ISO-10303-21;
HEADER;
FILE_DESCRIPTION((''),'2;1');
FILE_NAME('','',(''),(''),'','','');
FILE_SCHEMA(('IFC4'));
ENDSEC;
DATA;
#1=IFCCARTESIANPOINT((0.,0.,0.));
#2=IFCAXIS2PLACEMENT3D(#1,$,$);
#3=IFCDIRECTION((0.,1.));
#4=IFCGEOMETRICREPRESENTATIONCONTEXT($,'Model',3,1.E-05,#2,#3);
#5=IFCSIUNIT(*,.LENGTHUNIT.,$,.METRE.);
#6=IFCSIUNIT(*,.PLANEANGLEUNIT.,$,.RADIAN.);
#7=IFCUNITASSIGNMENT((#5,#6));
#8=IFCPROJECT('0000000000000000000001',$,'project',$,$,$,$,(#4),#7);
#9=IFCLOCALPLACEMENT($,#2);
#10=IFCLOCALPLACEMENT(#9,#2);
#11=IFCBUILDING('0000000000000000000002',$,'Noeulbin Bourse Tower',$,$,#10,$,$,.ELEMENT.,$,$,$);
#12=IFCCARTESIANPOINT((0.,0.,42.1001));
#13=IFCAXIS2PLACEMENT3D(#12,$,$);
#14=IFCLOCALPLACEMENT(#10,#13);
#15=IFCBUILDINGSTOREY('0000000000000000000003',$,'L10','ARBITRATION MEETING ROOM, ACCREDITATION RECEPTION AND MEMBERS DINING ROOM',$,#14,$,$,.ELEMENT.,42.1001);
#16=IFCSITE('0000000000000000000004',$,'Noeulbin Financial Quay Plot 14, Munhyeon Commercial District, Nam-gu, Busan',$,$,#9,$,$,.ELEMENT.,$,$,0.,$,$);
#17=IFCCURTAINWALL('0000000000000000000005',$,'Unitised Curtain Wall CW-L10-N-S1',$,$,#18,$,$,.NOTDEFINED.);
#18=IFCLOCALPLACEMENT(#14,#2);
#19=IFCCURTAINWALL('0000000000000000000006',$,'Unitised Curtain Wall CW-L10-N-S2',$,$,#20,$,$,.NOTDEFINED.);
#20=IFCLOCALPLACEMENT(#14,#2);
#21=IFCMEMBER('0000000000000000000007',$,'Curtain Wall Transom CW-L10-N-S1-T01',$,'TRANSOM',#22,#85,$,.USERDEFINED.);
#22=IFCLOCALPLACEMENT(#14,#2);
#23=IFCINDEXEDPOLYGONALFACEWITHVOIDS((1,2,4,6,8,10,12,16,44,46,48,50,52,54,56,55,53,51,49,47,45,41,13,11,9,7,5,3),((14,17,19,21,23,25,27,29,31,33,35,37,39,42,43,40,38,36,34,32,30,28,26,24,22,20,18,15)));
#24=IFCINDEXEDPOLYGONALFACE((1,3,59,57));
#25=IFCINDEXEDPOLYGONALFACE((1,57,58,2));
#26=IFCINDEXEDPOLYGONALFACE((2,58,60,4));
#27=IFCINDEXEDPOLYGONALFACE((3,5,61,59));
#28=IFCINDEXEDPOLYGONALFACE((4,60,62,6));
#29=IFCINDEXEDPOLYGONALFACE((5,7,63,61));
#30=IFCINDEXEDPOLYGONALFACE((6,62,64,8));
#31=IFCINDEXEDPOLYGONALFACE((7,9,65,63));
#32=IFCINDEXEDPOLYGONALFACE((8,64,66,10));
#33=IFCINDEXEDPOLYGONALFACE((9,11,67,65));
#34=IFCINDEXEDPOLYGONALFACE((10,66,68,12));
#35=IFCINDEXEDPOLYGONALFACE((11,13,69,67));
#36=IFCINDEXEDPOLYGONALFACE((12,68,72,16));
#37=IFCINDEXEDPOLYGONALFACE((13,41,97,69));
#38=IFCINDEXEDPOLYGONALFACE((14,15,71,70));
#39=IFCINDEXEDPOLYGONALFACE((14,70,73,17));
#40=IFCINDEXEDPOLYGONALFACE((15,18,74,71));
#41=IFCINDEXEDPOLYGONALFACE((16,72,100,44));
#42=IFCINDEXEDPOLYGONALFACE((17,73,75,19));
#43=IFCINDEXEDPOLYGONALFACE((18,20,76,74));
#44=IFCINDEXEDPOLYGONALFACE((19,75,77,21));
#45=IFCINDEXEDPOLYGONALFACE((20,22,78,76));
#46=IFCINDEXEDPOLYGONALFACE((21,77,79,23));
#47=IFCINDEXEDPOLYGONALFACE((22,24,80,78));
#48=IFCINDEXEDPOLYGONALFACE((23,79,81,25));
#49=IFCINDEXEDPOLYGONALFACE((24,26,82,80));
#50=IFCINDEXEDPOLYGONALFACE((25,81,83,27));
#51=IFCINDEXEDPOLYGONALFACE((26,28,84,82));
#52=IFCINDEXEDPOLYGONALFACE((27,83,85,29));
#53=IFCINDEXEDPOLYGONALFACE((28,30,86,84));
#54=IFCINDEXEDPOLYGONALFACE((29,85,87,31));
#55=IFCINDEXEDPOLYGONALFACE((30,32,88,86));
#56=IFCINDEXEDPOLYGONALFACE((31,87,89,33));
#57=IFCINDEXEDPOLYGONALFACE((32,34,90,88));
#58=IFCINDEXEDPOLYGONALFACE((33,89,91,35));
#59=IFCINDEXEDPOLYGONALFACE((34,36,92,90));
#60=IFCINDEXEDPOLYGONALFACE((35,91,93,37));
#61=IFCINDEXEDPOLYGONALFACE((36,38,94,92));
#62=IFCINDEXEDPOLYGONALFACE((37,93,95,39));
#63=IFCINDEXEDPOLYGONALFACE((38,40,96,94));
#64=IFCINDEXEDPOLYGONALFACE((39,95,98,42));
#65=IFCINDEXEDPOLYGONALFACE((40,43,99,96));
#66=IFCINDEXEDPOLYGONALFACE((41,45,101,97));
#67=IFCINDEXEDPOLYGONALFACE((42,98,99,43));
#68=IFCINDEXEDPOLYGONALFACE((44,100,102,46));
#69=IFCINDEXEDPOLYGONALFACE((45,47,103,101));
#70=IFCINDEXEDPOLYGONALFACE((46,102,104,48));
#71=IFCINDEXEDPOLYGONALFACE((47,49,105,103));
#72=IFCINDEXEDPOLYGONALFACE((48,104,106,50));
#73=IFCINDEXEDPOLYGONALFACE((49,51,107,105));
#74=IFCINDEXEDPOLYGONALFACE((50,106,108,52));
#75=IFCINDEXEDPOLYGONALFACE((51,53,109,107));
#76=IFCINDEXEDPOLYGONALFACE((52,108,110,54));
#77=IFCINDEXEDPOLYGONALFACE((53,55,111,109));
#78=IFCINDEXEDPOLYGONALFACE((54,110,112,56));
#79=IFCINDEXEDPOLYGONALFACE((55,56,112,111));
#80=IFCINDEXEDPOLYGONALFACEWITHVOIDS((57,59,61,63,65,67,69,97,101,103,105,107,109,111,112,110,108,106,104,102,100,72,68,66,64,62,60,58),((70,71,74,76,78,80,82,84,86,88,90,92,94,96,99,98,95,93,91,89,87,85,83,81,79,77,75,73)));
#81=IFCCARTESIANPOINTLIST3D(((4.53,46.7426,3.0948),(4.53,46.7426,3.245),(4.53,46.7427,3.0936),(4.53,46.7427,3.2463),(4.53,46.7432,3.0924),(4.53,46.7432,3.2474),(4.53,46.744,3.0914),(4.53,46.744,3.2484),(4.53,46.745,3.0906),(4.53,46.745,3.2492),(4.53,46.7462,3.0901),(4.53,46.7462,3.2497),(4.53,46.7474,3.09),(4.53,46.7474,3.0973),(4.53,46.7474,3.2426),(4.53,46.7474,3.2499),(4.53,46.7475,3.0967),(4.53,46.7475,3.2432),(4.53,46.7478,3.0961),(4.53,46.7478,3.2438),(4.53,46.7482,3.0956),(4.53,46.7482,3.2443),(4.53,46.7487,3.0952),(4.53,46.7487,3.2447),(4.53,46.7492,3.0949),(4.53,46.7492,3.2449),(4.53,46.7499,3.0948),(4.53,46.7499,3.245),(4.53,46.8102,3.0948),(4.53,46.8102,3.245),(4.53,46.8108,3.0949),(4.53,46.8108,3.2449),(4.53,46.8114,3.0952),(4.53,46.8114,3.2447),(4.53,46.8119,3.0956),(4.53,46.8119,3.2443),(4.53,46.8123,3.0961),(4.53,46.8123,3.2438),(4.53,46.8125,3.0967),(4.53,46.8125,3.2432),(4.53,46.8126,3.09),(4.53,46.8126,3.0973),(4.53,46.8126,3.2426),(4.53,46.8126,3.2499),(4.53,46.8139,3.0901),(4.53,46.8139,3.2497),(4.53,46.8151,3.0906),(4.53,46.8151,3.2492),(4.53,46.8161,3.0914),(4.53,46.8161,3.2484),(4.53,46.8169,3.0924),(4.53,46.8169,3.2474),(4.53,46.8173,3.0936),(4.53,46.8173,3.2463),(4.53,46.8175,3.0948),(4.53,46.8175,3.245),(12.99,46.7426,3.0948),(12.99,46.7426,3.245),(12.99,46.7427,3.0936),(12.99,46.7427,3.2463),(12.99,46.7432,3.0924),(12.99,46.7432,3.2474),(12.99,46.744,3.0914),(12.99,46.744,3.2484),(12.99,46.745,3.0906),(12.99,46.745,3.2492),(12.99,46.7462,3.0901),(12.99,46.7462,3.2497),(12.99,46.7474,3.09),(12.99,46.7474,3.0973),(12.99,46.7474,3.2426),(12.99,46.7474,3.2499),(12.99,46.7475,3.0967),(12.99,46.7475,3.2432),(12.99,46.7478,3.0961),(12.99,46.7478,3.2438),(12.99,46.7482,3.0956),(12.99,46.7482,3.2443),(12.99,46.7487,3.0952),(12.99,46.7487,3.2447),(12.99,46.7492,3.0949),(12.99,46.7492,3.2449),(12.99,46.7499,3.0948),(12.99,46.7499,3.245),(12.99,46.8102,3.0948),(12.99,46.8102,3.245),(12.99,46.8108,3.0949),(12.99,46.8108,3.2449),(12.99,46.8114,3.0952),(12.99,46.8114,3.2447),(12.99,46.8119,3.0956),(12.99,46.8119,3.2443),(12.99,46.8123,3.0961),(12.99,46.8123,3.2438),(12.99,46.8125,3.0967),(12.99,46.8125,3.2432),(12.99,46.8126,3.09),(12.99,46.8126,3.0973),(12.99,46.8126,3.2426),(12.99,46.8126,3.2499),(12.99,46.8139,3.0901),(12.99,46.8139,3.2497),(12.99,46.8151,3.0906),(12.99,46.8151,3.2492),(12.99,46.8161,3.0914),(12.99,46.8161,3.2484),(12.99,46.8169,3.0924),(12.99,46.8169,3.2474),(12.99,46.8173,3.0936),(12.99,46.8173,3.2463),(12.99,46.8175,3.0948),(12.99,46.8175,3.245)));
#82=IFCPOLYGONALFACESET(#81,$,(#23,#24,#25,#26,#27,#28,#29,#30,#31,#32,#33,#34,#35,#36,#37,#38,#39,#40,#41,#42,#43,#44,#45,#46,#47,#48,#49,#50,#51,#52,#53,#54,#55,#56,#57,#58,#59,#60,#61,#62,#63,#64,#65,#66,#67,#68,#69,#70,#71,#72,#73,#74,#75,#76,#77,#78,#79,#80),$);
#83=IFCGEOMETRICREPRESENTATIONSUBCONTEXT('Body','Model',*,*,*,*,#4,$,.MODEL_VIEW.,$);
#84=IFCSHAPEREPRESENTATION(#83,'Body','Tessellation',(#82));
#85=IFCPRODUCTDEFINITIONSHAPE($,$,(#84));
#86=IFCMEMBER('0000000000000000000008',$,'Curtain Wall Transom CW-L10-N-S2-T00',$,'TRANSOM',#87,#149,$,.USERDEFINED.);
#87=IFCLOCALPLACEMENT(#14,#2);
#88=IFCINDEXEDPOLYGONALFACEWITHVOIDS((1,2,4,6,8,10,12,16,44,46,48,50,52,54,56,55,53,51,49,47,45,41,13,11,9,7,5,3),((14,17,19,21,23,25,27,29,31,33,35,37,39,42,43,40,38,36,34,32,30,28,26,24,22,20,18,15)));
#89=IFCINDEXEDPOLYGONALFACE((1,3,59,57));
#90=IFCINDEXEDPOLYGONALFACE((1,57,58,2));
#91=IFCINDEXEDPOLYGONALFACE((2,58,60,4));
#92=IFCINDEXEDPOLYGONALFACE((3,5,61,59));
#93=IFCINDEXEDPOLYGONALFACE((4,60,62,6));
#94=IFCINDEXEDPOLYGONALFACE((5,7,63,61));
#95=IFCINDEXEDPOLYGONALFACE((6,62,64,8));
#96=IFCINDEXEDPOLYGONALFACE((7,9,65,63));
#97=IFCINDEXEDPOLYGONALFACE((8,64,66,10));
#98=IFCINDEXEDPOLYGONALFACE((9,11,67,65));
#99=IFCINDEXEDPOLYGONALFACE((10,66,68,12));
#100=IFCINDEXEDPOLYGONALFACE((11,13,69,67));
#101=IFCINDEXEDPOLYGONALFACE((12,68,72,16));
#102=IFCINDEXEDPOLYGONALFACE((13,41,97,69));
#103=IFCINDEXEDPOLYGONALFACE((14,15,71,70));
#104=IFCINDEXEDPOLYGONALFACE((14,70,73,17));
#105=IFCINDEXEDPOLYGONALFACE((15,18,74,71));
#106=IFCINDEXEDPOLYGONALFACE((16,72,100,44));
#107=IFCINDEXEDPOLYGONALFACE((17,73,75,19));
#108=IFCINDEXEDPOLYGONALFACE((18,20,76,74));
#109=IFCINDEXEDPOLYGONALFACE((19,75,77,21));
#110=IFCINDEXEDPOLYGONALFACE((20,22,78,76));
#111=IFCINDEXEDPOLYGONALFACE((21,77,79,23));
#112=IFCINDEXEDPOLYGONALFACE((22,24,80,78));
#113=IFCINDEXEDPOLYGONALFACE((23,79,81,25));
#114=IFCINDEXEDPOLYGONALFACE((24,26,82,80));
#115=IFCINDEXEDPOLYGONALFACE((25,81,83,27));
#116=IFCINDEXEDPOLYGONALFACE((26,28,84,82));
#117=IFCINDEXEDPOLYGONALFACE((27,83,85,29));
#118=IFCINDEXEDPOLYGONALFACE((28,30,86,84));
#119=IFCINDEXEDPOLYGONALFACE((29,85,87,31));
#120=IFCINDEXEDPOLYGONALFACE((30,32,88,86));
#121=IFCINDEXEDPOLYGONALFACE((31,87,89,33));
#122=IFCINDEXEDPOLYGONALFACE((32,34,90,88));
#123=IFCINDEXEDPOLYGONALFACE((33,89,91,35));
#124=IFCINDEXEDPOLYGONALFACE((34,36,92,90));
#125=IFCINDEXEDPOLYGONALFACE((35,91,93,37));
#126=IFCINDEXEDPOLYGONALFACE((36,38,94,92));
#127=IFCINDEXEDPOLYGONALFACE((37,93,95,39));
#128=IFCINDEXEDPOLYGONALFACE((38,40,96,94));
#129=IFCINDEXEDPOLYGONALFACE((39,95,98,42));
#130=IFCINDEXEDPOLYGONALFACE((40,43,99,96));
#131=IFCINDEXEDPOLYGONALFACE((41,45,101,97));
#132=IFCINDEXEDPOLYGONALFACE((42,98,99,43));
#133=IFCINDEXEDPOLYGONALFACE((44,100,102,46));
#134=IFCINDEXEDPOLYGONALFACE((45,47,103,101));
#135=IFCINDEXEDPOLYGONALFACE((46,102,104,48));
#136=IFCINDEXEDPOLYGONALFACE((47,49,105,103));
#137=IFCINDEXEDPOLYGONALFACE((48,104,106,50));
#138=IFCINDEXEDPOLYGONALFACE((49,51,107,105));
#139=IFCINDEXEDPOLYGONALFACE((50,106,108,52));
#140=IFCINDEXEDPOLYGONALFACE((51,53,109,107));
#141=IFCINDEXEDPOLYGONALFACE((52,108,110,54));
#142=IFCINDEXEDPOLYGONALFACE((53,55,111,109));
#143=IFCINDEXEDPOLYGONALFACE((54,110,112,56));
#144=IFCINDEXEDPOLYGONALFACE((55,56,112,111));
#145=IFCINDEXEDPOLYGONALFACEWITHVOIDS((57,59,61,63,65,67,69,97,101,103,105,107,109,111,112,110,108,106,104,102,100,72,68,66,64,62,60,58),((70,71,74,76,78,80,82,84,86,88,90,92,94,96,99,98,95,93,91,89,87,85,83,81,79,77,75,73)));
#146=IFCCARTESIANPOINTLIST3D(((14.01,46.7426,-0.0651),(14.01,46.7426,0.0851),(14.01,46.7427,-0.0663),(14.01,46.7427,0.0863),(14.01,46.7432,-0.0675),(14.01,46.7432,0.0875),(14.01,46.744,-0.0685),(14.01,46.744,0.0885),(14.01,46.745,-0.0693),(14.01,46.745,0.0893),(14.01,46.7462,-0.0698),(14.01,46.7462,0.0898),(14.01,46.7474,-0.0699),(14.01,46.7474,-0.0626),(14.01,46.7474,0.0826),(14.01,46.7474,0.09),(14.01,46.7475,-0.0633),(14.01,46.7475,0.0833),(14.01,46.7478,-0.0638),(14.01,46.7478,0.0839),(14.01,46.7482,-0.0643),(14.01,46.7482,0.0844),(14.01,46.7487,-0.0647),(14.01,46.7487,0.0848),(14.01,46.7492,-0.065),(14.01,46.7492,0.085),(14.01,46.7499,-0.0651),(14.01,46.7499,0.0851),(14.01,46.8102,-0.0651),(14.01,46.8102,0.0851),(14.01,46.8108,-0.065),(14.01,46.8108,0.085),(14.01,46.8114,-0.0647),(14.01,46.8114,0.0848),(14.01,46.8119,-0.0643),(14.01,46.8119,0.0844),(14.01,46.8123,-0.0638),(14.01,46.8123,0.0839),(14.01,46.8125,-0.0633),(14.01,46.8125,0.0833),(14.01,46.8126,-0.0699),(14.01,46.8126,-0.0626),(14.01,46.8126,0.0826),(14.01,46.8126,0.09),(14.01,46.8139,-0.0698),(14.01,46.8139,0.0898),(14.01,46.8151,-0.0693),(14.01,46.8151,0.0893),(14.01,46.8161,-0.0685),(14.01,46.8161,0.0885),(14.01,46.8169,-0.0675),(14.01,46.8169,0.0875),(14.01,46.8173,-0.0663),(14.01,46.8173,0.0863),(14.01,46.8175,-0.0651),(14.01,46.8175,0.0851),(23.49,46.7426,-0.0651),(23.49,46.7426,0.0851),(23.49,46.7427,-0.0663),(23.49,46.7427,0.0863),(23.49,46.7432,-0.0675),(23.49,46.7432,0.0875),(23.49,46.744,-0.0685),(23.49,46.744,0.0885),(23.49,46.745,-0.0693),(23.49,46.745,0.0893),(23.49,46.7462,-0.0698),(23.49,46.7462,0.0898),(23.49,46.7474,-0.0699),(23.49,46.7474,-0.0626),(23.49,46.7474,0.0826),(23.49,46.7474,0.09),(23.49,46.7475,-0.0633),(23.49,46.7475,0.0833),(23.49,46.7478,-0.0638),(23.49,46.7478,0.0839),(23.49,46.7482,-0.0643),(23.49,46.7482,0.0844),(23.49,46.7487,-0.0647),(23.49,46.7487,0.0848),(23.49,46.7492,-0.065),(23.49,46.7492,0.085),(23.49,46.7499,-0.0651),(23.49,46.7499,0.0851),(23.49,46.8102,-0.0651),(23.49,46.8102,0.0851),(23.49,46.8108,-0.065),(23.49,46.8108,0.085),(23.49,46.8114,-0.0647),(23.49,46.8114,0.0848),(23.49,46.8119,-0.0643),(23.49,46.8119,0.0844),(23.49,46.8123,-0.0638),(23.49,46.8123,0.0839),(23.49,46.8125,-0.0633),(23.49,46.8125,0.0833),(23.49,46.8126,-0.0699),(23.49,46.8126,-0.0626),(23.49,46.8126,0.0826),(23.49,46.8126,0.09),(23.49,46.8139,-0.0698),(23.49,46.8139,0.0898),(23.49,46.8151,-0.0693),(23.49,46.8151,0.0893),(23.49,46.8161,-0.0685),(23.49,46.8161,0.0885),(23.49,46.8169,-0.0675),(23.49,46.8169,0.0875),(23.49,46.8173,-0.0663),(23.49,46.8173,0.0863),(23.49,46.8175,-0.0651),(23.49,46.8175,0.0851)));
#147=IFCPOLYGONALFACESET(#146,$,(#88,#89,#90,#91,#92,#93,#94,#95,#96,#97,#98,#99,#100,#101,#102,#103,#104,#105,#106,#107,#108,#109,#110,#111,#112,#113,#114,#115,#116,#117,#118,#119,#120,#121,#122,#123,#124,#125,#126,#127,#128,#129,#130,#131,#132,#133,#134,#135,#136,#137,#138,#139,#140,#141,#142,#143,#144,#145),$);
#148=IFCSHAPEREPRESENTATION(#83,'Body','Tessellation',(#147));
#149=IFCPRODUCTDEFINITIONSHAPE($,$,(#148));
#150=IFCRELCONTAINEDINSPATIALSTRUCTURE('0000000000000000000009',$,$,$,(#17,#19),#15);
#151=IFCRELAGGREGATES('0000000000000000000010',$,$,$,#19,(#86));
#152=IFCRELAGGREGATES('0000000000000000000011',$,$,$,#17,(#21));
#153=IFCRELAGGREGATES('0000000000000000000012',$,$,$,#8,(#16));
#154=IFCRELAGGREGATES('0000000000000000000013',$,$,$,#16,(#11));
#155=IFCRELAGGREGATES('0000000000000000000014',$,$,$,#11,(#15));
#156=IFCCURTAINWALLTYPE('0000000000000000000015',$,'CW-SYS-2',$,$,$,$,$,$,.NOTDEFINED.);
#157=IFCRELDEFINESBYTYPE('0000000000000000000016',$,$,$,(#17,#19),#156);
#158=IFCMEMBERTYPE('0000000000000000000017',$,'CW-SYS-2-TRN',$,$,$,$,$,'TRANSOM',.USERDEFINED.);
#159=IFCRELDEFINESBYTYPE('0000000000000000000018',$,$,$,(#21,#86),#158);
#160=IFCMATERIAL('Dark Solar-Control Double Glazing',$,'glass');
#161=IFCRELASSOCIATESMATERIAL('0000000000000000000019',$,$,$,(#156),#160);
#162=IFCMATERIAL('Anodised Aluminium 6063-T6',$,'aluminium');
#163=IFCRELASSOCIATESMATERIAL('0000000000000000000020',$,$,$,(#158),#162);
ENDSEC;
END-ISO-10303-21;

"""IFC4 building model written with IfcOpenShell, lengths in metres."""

from ifc_helpers import new_model, si_unit, direction, frame, origin, origin_2d, place, context, subcontext, project, spatial, hollow_rectangle, extrude, material, material_profile, profile_set, type_object, element, aggregate, save


model = new_model("IFC4")

# Units and contexts
model_context = context("Model", 3, precision=1e-05, world=origin(), true_north=direction((0.0, 1.0)))
body_context = subcontext(model_context, "Body", "Model", "MODEL_VIEW")
ifc_project = project(units=[si_unit("LENGTHUNIT", "METRE"), si_unit("PLANEANGLEUNIT", "RADIAN")], contexts=[model_context])

# Site, building, storey
site_placement = place(None, origin())
site = spatial("IfcSite", under=ifc_project, at=site_placement, Name="Noeulbin Financial Quay Plot 14, Munhyeon Commercial District, Nam-gu, Busan", CompositionType="ELEMENT", RefElevation=0.0)
building_placement = place(site_placement, origin())
building = spatial("IfcBuilding", under=site, at=building_placement, Name="Noeulbin Bourse Tower", CompositionType="ELEMENT")
storey_placement = place(building_placement, frame((0.0, 0.0, 42.1001)))
storey = spatial("IfcBuildingStorey", under=building, at=storey_placement, Name="L10", Description="ARBITRATION MEETING ROOM, ACCREDITATION RECEPTION AND MEMBERS DINING ROOM", CompositionType="ELEMENT", Elevation=42.1001)

# Curtain wall
ifc_material_1 = material(Name="Dark Solar-Control Double Glazing", Category="glass")
curtain_wall_type = type_object("IfcCurtainWallType", Name="CW-SYS-2", PredefinedType="NOTDEFINED", material=ifc_material_1)
curtain_wall_1_placement = place(storey_placement, origin())
curtain_wall_1 = element("IfcCurtainWall", 1, at=curtain_wall_1_placement, inside=storey, type_object=curtain_wall_type, Name="Unitised Curtain Wall CW-L10-N-S1", PredefinedType="NOTDEFINED")
ifc_material_2 = material(Name="Anodised Aluminium 6063-T6", Category="aluminium")

# Curtain wall
curtain_wall_2_placement = place(storey_placement, origin())
curtain_wall_2 = element("IfcCurtainWall", 2, at=curtain_wall_2_placement, inside=storey, type_object=curtain_wall_type, Name="Unitised Curtain Wall CW-L10-N-S2", PredefinedType="NOTDEFINED")

# Members
ifc_material_profile_1 = material_profile(ifc_material_2, hollow_rectangle(XDim=0.075, YDim=0.1599, WallThickness=0.0049, InnerFilletRadius=0.0024, OuterFilletRadius=0.0049, at=origin_2d()), Name="ALU-TRAN-75x160x5", Category="LoadBearing")
ifc_profile_set_1 = profile_set([ifc_material_profile_1], Name="Anodised Aluminium 6063-T6")
member_type_1 = type_object("IfcMemberType", Name="CW-SYS-2-TRN", ElementType="TRANSOM", PredefinedType="USERDEFINED", material=ifc_profile_set_1)
member_1_placement = place(storey_placement, frame((4.53, 46.78, 3.1699), z_axis=(1.0, 0.0, 0.0), x_axis=(0.0, 1.0, 0.0)))
member_1 = element("IfcMember", 3, at=member_1_placement, type_object=member_type_1, Name="Curtain Wall Transom CW-L10-N-S1-T01", ObjectType="TRANSOM", PredefinedType="USERDEFINED", context=body_context, shape_type="SweptSolid", body=[
    extrude(hollow_rectangle(XDim=0.075, YDim=0.1599, WallThickness=0.0049, InnerFilletRadius=0.0024, OuterFilletRadius=0.0049, at=origin_2d()), origin(), (0.0, 0.0, 1.0), 8.46),
])
member_2_placement = place(storey_placement, frame((14.01, 46.78, 0.01), z_axis=(1.0, 0.0, 0.0), x_axis=(0.0, 1.0, 0.0)))
member_2 = element("IfcMember", 4, at=member_2_placement, type_object=member_type_1, Name="Curtain Wall Transom CW-L10-N-S2-T00", ObjectType="TRANSOM", PredefinedType="USERDEFINED", context=body_context, shape_type="SweptSolid", body=[
    extrude(hollow_rectangle(XDim=0.075, YDim=0.1599, WallThickness=0.0049, InnerFilletRadius=0.0024, OuterFilletRadius=0.0049, at=origin_2d()), origin(), (0.0, 0.0, 1.0), 9.48),
])
aggregate(curtain_wall_2, [member_2])

aggregate(curtain_wall_1, [member_1])

save(model, "model.ifc")
